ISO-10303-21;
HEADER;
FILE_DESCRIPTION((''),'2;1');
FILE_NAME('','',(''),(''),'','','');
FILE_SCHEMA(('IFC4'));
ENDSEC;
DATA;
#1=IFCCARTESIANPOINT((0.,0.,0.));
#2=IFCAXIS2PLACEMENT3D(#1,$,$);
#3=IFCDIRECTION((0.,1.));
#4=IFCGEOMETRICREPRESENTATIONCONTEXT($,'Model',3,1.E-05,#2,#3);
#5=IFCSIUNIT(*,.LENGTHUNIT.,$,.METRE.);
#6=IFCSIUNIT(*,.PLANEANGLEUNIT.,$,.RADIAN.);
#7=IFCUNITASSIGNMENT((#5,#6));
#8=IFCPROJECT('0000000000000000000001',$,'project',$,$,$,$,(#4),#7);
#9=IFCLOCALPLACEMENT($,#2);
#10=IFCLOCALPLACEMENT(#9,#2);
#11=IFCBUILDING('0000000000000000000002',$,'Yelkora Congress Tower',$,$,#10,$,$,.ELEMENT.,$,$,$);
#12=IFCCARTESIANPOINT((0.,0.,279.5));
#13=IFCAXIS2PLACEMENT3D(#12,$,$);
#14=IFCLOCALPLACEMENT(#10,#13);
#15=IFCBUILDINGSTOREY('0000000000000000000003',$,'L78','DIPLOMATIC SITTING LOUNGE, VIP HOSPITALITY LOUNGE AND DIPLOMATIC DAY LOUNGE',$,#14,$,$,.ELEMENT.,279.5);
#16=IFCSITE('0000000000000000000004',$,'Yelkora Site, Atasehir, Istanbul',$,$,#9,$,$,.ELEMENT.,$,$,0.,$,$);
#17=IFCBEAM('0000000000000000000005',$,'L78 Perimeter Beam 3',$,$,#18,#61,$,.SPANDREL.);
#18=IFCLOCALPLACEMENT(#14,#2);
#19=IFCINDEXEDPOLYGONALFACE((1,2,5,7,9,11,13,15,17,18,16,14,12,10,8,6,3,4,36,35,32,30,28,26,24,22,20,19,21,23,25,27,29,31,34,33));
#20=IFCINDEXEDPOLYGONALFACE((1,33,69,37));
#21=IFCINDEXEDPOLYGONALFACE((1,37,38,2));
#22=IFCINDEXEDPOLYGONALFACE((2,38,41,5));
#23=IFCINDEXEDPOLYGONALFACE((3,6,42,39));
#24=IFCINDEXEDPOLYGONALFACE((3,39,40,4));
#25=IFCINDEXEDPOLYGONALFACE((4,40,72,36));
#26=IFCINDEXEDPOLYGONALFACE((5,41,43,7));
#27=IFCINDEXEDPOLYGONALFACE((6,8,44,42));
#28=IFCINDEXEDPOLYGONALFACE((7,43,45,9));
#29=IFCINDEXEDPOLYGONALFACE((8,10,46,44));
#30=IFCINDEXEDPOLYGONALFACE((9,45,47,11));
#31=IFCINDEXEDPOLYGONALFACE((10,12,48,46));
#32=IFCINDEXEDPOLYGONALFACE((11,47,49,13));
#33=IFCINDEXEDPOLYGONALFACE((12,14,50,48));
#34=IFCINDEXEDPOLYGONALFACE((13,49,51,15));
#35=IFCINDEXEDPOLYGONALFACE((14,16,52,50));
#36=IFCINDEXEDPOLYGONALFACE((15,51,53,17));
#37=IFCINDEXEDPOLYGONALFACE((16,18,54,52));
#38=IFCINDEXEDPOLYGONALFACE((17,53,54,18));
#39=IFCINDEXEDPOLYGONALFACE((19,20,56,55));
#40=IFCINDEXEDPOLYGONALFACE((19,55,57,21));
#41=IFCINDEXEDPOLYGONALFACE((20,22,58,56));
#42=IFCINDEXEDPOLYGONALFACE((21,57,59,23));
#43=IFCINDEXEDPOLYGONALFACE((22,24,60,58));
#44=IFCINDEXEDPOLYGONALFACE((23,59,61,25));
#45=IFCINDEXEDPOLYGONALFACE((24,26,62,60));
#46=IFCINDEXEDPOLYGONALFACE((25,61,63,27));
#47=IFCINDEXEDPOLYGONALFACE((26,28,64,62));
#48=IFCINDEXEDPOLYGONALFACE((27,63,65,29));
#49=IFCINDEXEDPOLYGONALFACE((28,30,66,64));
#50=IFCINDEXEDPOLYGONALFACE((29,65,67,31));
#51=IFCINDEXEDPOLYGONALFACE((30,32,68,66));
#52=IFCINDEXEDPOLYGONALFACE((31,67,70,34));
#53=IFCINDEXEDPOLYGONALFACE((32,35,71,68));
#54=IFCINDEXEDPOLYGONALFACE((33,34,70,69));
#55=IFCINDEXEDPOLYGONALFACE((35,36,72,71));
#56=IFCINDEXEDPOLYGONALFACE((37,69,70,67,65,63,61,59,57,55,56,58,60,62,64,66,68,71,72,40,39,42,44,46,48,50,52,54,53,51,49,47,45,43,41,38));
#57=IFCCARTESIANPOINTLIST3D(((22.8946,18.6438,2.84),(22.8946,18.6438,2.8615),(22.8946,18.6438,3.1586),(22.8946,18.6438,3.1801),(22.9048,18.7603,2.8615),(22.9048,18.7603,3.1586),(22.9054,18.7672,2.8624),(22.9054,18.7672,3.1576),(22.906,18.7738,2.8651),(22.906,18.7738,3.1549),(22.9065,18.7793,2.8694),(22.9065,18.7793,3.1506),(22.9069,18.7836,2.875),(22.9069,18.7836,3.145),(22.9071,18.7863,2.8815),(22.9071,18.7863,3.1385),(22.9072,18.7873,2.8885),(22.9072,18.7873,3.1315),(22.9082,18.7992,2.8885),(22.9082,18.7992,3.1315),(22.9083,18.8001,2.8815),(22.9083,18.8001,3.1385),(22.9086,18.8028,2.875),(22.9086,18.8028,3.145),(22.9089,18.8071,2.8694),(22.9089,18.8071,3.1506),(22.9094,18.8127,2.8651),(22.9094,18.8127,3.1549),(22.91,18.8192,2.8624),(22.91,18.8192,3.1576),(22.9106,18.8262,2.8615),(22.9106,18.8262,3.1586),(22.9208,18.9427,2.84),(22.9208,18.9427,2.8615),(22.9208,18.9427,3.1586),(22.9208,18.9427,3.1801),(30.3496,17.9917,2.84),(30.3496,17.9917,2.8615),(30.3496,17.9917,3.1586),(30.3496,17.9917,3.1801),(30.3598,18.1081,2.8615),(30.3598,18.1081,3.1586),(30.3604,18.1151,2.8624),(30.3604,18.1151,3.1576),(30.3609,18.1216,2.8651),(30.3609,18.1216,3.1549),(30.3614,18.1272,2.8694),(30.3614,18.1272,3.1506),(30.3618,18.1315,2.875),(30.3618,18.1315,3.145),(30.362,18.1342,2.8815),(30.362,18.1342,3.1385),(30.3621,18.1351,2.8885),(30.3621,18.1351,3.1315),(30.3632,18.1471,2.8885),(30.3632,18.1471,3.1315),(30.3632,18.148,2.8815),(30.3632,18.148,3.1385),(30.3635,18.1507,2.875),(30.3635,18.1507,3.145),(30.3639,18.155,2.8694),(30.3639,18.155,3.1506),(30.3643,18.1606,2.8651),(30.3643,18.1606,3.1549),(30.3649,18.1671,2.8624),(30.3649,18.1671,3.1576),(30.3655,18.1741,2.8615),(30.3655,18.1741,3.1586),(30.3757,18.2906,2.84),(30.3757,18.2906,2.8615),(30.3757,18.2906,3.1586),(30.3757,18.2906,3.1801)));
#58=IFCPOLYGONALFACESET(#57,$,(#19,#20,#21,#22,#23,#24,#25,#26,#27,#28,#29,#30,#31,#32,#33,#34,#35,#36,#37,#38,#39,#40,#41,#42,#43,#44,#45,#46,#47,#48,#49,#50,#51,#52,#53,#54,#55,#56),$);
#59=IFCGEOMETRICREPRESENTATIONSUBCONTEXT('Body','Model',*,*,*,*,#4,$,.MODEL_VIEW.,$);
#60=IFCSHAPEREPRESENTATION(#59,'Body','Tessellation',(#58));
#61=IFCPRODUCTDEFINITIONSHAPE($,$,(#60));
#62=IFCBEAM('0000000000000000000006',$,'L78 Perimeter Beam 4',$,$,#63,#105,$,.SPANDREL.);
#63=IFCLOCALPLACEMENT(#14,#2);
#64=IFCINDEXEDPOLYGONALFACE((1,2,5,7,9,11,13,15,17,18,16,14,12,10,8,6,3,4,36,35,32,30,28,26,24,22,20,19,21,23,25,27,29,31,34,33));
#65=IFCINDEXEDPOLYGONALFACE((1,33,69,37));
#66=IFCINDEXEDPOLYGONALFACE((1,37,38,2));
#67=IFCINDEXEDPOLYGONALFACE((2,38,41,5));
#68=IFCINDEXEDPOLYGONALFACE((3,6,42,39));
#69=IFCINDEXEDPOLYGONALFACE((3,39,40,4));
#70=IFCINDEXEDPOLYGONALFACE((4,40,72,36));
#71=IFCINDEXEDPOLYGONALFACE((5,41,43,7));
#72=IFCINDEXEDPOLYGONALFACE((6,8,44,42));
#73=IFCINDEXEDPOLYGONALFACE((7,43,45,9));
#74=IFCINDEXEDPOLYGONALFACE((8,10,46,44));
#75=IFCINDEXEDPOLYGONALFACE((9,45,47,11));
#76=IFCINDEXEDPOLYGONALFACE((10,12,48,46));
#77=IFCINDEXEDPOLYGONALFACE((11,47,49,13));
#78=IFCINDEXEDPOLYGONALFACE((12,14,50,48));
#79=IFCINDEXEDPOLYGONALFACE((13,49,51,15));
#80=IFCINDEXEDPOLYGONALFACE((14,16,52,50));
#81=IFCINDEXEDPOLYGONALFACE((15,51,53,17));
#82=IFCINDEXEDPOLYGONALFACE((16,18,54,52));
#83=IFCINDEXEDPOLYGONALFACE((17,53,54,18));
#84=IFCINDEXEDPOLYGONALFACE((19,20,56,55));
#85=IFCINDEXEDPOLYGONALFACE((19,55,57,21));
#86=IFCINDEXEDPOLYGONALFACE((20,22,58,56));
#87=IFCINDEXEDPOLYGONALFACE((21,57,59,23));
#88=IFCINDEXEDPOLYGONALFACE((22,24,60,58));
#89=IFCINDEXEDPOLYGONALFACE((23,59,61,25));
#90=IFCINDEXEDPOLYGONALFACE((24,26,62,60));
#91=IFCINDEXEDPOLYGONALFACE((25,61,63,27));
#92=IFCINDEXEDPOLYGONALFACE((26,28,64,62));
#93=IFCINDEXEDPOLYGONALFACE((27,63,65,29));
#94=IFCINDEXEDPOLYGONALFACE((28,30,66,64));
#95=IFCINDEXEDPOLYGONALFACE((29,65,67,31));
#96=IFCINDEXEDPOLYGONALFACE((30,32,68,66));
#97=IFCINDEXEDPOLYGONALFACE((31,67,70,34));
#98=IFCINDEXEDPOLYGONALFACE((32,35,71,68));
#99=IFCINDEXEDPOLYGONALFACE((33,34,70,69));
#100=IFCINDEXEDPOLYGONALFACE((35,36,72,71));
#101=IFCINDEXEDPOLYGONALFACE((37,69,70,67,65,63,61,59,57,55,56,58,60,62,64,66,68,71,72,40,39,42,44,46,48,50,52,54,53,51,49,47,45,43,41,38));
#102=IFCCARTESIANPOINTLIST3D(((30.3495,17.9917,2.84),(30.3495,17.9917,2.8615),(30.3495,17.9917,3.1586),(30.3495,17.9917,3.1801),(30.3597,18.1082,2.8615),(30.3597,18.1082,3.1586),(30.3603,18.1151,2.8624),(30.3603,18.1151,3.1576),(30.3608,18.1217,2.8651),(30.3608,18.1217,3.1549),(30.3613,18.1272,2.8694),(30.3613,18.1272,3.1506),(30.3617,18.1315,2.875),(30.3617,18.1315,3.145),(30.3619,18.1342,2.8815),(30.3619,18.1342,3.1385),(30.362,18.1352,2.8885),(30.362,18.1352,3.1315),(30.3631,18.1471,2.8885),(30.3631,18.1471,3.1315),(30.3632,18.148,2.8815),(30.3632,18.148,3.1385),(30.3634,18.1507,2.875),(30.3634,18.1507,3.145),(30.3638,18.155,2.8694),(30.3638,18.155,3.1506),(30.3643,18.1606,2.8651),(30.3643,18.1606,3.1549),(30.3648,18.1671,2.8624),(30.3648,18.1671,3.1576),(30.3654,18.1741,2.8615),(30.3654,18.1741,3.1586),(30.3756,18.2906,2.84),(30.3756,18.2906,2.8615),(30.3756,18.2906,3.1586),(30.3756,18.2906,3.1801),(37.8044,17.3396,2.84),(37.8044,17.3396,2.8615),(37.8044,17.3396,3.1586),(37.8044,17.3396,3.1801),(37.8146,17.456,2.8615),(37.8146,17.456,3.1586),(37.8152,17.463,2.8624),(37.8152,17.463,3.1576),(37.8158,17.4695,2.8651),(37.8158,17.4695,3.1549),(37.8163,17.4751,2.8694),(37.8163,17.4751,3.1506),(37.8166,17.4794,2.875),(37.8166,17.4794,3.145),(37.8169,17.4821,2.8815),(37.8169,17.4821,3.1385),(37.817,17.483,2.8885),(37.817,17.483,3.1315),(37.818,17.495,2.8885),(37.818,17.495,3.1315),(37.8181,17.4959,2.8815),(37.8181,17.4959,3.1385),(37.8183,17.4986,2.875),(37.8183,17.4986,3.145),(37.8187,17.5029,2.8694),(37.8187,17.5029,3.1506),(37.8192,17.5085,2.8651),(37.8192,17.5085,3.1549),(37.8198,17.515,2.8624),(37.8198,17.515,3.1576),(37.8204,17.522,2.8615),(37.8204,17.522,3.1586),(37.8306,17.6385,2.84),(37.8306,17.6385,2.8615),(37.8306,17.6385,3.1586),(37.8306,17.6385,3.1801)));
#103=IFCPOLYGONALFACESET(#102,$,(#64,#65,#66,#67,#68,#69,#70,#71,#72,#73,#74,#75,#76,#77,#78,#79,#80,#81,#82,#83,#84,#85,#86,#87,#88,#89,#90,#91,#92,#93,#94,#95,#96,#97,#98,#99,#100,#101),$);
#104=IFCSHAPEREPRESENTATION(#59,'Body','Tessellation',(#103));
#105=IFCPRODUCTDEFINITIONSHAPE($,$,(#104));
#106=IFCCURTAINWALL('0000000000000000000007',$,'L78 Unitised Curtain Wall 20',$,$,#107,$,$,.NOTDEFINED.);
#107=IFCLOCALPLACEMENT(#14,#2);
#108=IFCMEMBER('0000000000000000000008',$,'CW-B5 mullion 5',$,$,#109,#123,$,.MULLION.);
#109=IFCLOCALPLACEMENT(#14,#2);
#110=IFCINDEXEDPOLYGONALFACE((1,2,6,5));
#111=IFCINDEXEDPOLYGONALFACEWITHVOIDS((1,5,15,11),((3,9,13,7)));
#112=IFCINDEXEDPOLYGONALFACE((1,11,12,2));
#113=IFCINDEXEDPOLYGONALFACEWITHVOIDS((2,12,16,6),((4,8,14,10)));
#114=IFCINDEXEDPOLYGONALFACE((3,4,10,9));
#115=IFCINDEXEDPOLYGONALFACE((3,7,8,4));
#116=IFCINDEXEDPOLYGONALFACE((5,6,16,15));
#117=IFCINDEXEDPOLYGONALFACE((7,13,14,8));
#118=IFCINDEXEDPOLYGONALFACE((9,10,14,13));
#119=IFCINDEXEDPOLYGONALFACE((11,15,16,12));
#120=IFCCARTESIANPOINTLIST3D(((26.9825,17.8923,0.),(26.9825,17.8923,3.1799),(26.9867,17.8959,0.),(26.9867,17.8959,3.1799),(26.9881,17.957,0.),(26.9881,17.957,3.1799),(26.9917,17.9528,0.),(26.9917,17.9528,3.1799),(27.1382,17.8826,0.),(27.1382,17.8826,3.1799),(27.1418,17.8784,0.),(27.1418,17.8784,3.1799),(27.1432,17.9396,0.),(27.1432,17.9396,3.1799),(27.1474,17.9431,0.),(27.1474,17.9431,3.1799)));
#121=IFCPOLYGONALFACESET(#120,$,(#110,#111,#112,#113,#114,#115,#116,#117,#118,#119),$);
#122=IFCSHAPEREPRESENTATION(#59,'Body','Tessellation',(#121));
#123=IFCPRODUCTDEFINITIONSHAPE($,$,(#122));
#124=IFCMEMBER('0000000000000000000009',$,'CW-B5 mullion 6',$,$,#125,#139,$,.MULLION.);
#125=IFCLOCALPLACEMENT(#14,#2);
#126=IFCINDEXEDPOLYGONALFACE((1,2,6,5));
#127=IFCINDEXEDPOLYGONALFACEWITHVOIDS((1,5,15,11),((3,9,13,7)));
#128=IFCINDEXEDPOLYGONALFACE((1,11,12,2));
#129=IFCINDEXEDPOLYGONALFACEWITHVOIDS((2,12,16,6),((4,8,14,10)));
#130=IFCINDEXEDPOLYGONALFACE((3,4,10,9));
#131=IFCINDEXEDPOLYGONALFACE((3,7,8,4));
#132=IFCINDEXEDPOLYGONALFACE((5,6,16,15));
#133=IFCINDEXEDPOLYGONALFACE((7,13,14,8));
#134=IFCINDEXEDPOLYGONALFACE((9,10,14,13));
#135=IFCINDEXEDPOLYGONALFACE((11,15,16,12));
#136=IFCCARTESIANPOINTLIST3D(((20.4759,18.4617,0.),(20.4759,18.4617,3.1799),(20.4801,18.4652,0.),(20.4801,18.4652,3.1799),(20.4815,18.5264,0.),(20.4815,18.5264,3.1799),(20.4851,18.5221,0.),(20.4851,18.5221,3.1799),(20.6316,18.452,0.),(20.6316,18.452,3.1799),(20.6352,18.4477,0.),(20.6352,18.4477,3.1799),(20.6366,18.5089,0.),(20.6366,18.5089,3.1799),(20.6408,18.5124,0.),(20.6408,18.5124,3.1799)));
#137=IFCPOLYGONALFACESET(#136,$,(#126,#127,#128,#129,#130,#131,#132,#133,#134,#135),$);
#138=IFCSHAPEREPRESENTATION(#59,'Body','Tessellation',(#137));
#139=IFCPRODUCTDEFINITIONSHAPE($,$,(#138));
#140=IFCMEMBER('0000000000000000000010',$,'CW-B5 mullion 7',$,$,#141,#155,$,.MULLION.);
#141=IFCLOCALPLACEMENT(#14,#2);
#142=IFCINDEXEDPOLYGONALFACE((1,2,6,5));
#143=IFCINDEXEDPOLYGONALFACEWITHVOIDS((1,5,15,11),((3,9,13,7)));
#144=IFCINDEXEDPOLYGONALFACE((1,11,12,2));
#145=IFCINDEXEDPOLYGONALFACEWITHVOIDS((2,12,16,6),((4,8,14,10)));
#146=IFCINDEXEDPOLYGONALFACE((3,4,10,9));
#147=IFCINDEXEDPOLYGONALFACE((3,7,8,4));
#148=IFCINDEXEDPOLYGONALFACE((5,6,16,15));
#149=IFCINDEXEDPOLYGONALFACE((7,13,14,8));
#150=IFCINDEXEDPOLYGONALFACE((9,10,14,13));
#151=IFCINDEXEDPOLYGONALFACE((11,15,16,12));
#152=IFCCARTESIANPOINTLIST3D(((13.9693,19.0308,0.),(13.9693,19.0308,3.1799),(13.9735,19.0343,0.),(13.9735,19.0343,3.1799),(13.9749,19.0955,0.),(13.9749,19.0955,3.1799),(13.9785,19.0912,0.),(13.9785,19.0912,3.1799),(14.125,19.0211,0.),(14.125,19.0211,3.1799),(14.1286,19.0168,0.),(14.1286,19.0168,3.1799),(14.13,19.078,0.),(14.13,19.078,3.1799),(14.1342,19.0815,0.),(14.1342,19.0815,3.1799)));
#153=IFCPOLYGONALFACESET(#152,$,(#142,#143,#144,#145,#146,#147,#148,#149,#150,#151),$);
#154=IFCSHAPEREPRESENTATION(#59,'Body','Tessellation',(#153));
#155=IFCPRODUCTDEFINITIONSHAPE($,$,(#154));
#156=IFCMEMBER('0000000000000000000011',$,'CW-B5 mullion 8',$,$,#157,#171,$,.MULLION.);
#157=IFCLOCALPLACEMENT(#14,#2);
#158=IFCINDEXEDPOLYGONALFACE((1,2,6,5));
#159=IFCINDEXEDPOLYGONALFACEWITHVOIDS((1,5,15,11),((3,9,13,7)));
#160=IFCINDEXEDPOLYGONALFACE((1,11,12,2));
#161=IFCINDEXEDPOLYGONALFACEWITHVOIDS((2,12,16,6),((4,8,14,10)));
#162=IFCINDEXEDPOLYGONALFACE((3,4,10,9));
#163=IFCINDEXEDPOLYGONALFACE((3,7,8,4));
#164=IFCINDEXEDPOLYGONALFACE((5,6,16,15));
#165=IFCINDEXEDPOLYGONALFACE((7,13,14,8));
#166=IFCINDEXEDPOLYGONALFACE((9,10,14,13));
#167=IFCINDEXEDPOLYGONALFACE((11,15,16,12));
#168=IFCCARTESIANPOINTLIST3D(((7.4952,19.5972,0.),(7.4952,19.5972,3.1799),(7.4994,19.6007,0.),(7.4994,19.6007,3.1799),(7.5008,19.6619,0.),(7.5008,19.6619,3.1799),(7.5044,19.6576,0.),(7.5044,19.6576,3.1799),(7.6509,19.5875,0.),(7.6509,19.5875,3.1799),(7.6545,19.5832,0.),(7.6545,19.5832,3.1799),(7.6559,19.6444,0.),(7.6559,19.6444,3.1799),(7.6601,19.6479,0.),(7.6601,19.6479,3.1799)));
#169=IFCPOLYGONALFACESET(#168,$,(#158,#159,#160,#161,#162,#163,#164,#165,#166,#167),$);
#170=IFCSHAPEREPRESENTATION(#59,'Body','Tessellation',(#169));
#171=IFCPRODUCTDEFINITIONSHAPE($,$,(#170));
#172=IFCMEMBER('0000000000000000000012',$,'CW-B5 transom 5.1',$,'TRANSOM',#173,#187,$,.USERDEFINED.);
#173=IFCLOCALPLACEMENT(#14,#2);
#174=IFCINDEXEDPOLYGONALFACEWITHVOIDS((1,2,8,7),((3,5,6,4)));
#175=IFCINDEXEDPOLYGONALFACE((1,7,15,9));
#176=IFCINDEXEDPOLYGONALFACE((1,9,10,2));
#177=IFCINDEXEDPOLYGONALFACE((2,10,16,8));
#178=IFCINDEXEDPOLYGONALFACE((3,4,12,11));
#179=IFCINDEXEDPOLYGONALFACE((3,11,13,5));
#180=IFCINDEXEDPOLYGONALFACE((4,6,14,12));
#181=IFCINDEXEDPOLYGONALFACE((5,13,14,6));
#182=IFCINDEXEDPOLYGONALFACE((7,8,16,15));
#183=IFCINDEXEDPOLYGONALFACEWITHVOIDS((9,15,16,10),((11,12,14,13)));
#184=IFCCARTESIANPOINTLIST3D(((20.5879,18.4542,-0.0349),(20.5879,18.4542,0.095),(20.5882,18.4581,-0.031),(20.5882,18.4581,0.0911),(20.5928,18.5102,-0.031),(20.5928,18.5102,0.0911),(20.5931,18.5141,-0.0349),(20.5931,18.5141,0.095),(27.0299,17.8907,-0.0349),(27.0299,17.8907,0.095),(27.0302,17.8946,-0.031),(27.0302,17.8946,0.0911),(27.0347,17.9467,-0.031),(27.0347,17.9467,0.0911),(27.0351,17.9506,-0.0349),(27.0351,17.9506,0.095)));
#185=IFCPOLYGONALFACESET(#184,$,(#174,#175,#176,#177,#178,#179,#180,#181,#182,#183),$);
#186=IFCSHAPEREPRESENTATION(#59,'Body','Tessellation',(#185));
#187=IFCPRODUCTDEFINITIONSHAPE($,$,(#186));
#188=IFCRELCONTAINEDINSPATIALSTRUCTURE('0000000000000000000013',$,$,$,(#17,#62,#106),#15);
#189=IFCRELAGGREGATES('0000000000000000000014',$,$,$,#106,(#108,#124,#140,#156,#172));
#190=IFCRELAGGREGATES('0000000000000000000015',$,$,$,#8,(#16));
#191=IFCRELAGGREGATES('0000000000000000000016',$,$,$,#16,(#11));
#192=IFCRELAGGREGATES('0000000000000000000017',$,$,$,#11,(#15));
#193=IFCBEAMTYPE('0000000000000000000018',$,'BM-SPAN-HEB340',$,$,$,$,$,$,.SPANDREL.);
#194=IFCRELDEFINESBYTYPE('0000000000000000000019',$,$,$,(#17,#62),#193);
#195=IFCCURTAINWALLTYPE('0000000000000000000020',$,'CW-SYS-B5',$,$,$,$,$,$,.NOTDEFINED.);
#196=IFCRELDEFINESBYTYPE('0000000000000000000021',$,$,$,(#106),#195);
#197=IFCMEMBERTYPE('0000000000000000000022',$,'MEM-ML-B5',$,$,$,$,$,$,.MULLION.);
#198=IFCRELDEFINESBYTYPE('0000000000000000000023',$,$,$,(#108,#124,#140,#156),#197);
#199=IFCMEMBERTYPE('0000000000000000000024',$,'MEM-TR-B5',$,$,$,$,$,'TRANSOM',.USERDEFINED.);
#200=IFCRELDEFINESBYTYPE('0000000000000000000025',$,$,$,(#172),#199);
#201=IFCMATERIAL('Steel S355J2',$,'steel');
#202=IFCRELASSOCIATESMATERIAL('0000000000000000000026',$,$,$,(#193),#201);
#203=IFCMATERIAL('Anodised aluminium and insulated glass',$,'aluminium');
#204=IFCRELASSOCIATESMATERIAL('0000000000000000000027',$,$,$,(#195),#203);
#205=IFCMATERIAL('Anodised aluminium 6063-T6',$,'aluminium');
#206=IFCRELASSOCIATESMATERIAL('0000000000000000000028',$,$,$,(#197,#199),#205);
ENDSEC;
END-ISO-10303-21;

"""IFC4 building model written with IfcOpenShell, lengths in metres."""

from ifc_helpers import new_model, si_unit, direction, frame, origin, origin_2d, place, context, subcontext, project, spatial, hollow_rectangle, i_section, extrude, material, material_profile, profile_set, type_object, element, aggregate, save


model = new_model("IFC4")

# Units and contexts
model_context = context("Model", 3, precision=1e-05, world=origin(), true_north=direction((0.0, 1.0)))
body_context = subcontext(model_context, "Body", "Model", "MODEL_VIEW")
ifc_project = project(units=[si_unit("LENGTHUNIT", "METRE"), si_unit("PLANEANGLEUNIT", "RADIAN")], contexts=[model_context])

# Site, building, storey
site_placement = place(None, origin())
site = spatial("IfcSite", under=ifc_project, at=site_placement, Name="Yelkora Site, Atasehir, Istanbul", CompositionType="ELEMENT", RefElevation=0.0)
building_placement = place(site_placement, origin())
building = spatial("IfcBuilding", under=site, at=building_placement, Name="Yelkora Congress Tower", CompositionType="ELEMENT")
storey_placement = place(building_placement, frame((0.0, 0.0, 279.5)))
storey = spatial("IfcBuildingStorey", under=building, at=storey_placement, Name="L78", Description="DIPLOMATIC SITTING LOUNGE, VIP HOSPITALITY LOUNGE AND DIPLOMATIC DAY LOUNGE", CompositionType="ELEMENT", Elevation=279.5)

# Shared definitions
ifc_material_1 = material(Name="Steel S355J2", Category="steel")

# Beams
ifc_material_profile_1 = material_profile(ifc_material_1, i_section(OverallWidth=0.3, OverallDepth=0.3401, WebThickness=0.012, FlangeThickness=0.0215, FilletRadius=0.0271, at=origin_2d()), Name="HEB 340")
ifc_profile_set_1 = profile_set([ifc_material_profile_1], Name="Steel S355J2")
beam_type_1 = type_object("IfcBeamType", Name="BM-SPAN-HEB340", PredefinedType="SPANDREL", material=ifc_profile_set_1)
for number, where, z_axis, x_axis, name in (
    (1, (22.9077, 18.7932, 3.01), (0.996196, -0.087141, 0.0), (0.087141, 0.996196, 0.0), "L78 Perimeter Beam 3"),
    (2, (30.3625, 18.1411, 3.01), (0.996196, -0.087141, 0.0), (0.087141, 0.996196, 0.0), "L78 Perimeter Beam 4"),
):
    element("IfcBeam", number, at=place(storey_placement, frame(where, z_axis=z_axis, x_axis=x_axis)), inside=storey, type_object=beam_type_1, Name=name, PredefinedType="SPANDREL", context=body_context, shape_type="SweptSolid", body=[
        extrude(i_section(OverallWidth=0.3, OverallDepth=0.3401, WebThickness=0.012, FlangeThickness=0.0215, FilletRadius=0.0271, at=origin_2d()), origin(), (0.0, 0.0, 1.0), 7.4834),
    ])

# Curtain wall, members
ifc_material_2 = material(Name="Anodised aluminium and insulated glass", Category="aluminium")
curtain_wall_type = type_object("IfcCurtainWallType", Name="CW-SYS-B5", PredefinedType="NOTDEFINED", material=ifc_material_2)
curtain_wall_placement = place(storey_placement, origin())
curtain_wall = element("IfcCurtainWall", 3, at=curtain_wall_placement, inside=storey, type_object=curtain_wall_type, Name="L78 Unitised Curtain Wall 20", PredefinedType="NOTDEFINED")
ifc_material_3 = material(Name="Anodised aluminium 6063-T6", Category="aluminium")
ifc_material_profile_2 = material_profile(ifc_material_3, hollow_rectangle(XDim=0.0649, YDim=0.1599, WallThickness=0.0039, at=origin_2d()), Name="ALU 65x160x4")
ifc_profile_set_2 = profile_set([ifc_material_profile_2], Name="Anodised aluminium 6063-T6")
member_type_1 = type_object("IfcMemberType", Name="MEM-ML-B5", PredefinedType="MULLION", material=ifc_profile_set_2)
member_1_placement = place(storey_placement, frame((27.0649, 17.9177, 0.0), z_axis=(0.0, 0.0, 1.0), x_axis=(-0.087157, -0.996195, 0.0)))
member_1 = element("IfcMember", 4, at=member_1_placement, type_object=member_type_1, Name="CW-B5 mullion 5", PredefinedType="MULLION", context=body_context, shape_type="SweptSolid", body=[
    extrude(hollow_rectangle(XDim=0.0649, YDim=0.1599, WallThickness=0.0039, at=origin_2d()), origin(), (0.0, 0.0, 1.0), 3.1799),
])
member_2_placement = place(storey_placement, frame((20.5583, 18.4871, 0.0), z_axis=(0.0, 0.0, 1.0), x_axis=(-0.087157, -0.996195, 0.0)))
member_2 = element("IfcMember", 5, at=member_2_placement, type_object=member_type_1, Name="CW-B5 mullion 6", PredefinedType="MULLION", context=body_context, shape_type="SweptSolid", body=[
    extrude(hollow_rectangle(XDim=0.0649, YDim=0.1599, WallThickness=0.0039, at=origin_2d()), origin(), (0.0, 0.0, 1.0), 3.1799),
])
member_3_placement = place(storey_placement, frame((14.0518, 19.0562, 0.0), z_axis=(0.0, 0.0, 1.0), x_axis=(-0.087157, -0.996195, 0.0)))
member_3 = element("IfcMember", 6, at=member_3_placement, type_object=member_type_1, Name="CW-B5 mullion 7", PredefinedType="MULLION", context=body_context, shape_type="SweptSolid", body=[
    extrude(hollow_rectangle(XDim=0.0649, YDim=0.1599, WallThickness=0.0039, at=origin_2d()), origin(), (0.0, 0.0, 1.0), 3.1799),
])
member_4_placement = place(storey_placement, frame((7.5776, 19.6226, 0.0), z_axis=(0.0, 0.0, 1.0), x_axis=(-0.087157, -0.996195, 0.0)))
member_4 = element("IfcMember", 7, at=member_4_placement, type_object=member_type_1, Name="CW-B5 mullion 8", PredefinedType="MULLION", context=body_context, shape_type="SweptSolid", body=[
    extrude(hollow_rectangle(XDim=0.0649, YDim=0.1599, WallThickness=0.0039, at=origin_2d()), origin(), (0.0, 0.0, 1.0), 3.1799),
])
ifc_material_profile_3 = material_profile(ifc_material_3, hollow_rectangle(XDim=0.0601, YDim=0.1299, WallThickness=0.0039, at=origin_2d()), Name="ALU 60x130x4")
ifc_profile_set_3 = profile_set([ifc_material_profile_3], Name="Anodised aluminium 6063-T6")
member_type_2 = type_object("IfcMemberType", Name="MEM-TR-B5", ElementType="TRANSOM", PredefinedType="USERDEFINED", material=ifc_profile_set_3)
member_5_placement = place(storey_placement, frame((27.0325, 17.9207, 0.03), z_axis=(-0.996196, 0.087138, 0.0), x_axis=(-0.087138, -0.996196, 0.0)))
member_5 = element("IfcMember", 8, at=member_5_placement, type_object=member_type_2, Name="CW-B5 transom 5.1", ObjectType="TRANSOM", PredefinedType="USERDEFINED", context=body_context, shape_type="SweptSolid", body=[
    extrude(hollow_rectangle(XDim=0.0601, YDim=0.1299, WallThickness=0.0039, at=origin_2d()), origin(), (0.0, 0.0, 1.0), 6.4666),
])
aggregate(curtain_wall, [member_1, member_2, member_3, member_4, member_5])

save(model, "model.ifc")
